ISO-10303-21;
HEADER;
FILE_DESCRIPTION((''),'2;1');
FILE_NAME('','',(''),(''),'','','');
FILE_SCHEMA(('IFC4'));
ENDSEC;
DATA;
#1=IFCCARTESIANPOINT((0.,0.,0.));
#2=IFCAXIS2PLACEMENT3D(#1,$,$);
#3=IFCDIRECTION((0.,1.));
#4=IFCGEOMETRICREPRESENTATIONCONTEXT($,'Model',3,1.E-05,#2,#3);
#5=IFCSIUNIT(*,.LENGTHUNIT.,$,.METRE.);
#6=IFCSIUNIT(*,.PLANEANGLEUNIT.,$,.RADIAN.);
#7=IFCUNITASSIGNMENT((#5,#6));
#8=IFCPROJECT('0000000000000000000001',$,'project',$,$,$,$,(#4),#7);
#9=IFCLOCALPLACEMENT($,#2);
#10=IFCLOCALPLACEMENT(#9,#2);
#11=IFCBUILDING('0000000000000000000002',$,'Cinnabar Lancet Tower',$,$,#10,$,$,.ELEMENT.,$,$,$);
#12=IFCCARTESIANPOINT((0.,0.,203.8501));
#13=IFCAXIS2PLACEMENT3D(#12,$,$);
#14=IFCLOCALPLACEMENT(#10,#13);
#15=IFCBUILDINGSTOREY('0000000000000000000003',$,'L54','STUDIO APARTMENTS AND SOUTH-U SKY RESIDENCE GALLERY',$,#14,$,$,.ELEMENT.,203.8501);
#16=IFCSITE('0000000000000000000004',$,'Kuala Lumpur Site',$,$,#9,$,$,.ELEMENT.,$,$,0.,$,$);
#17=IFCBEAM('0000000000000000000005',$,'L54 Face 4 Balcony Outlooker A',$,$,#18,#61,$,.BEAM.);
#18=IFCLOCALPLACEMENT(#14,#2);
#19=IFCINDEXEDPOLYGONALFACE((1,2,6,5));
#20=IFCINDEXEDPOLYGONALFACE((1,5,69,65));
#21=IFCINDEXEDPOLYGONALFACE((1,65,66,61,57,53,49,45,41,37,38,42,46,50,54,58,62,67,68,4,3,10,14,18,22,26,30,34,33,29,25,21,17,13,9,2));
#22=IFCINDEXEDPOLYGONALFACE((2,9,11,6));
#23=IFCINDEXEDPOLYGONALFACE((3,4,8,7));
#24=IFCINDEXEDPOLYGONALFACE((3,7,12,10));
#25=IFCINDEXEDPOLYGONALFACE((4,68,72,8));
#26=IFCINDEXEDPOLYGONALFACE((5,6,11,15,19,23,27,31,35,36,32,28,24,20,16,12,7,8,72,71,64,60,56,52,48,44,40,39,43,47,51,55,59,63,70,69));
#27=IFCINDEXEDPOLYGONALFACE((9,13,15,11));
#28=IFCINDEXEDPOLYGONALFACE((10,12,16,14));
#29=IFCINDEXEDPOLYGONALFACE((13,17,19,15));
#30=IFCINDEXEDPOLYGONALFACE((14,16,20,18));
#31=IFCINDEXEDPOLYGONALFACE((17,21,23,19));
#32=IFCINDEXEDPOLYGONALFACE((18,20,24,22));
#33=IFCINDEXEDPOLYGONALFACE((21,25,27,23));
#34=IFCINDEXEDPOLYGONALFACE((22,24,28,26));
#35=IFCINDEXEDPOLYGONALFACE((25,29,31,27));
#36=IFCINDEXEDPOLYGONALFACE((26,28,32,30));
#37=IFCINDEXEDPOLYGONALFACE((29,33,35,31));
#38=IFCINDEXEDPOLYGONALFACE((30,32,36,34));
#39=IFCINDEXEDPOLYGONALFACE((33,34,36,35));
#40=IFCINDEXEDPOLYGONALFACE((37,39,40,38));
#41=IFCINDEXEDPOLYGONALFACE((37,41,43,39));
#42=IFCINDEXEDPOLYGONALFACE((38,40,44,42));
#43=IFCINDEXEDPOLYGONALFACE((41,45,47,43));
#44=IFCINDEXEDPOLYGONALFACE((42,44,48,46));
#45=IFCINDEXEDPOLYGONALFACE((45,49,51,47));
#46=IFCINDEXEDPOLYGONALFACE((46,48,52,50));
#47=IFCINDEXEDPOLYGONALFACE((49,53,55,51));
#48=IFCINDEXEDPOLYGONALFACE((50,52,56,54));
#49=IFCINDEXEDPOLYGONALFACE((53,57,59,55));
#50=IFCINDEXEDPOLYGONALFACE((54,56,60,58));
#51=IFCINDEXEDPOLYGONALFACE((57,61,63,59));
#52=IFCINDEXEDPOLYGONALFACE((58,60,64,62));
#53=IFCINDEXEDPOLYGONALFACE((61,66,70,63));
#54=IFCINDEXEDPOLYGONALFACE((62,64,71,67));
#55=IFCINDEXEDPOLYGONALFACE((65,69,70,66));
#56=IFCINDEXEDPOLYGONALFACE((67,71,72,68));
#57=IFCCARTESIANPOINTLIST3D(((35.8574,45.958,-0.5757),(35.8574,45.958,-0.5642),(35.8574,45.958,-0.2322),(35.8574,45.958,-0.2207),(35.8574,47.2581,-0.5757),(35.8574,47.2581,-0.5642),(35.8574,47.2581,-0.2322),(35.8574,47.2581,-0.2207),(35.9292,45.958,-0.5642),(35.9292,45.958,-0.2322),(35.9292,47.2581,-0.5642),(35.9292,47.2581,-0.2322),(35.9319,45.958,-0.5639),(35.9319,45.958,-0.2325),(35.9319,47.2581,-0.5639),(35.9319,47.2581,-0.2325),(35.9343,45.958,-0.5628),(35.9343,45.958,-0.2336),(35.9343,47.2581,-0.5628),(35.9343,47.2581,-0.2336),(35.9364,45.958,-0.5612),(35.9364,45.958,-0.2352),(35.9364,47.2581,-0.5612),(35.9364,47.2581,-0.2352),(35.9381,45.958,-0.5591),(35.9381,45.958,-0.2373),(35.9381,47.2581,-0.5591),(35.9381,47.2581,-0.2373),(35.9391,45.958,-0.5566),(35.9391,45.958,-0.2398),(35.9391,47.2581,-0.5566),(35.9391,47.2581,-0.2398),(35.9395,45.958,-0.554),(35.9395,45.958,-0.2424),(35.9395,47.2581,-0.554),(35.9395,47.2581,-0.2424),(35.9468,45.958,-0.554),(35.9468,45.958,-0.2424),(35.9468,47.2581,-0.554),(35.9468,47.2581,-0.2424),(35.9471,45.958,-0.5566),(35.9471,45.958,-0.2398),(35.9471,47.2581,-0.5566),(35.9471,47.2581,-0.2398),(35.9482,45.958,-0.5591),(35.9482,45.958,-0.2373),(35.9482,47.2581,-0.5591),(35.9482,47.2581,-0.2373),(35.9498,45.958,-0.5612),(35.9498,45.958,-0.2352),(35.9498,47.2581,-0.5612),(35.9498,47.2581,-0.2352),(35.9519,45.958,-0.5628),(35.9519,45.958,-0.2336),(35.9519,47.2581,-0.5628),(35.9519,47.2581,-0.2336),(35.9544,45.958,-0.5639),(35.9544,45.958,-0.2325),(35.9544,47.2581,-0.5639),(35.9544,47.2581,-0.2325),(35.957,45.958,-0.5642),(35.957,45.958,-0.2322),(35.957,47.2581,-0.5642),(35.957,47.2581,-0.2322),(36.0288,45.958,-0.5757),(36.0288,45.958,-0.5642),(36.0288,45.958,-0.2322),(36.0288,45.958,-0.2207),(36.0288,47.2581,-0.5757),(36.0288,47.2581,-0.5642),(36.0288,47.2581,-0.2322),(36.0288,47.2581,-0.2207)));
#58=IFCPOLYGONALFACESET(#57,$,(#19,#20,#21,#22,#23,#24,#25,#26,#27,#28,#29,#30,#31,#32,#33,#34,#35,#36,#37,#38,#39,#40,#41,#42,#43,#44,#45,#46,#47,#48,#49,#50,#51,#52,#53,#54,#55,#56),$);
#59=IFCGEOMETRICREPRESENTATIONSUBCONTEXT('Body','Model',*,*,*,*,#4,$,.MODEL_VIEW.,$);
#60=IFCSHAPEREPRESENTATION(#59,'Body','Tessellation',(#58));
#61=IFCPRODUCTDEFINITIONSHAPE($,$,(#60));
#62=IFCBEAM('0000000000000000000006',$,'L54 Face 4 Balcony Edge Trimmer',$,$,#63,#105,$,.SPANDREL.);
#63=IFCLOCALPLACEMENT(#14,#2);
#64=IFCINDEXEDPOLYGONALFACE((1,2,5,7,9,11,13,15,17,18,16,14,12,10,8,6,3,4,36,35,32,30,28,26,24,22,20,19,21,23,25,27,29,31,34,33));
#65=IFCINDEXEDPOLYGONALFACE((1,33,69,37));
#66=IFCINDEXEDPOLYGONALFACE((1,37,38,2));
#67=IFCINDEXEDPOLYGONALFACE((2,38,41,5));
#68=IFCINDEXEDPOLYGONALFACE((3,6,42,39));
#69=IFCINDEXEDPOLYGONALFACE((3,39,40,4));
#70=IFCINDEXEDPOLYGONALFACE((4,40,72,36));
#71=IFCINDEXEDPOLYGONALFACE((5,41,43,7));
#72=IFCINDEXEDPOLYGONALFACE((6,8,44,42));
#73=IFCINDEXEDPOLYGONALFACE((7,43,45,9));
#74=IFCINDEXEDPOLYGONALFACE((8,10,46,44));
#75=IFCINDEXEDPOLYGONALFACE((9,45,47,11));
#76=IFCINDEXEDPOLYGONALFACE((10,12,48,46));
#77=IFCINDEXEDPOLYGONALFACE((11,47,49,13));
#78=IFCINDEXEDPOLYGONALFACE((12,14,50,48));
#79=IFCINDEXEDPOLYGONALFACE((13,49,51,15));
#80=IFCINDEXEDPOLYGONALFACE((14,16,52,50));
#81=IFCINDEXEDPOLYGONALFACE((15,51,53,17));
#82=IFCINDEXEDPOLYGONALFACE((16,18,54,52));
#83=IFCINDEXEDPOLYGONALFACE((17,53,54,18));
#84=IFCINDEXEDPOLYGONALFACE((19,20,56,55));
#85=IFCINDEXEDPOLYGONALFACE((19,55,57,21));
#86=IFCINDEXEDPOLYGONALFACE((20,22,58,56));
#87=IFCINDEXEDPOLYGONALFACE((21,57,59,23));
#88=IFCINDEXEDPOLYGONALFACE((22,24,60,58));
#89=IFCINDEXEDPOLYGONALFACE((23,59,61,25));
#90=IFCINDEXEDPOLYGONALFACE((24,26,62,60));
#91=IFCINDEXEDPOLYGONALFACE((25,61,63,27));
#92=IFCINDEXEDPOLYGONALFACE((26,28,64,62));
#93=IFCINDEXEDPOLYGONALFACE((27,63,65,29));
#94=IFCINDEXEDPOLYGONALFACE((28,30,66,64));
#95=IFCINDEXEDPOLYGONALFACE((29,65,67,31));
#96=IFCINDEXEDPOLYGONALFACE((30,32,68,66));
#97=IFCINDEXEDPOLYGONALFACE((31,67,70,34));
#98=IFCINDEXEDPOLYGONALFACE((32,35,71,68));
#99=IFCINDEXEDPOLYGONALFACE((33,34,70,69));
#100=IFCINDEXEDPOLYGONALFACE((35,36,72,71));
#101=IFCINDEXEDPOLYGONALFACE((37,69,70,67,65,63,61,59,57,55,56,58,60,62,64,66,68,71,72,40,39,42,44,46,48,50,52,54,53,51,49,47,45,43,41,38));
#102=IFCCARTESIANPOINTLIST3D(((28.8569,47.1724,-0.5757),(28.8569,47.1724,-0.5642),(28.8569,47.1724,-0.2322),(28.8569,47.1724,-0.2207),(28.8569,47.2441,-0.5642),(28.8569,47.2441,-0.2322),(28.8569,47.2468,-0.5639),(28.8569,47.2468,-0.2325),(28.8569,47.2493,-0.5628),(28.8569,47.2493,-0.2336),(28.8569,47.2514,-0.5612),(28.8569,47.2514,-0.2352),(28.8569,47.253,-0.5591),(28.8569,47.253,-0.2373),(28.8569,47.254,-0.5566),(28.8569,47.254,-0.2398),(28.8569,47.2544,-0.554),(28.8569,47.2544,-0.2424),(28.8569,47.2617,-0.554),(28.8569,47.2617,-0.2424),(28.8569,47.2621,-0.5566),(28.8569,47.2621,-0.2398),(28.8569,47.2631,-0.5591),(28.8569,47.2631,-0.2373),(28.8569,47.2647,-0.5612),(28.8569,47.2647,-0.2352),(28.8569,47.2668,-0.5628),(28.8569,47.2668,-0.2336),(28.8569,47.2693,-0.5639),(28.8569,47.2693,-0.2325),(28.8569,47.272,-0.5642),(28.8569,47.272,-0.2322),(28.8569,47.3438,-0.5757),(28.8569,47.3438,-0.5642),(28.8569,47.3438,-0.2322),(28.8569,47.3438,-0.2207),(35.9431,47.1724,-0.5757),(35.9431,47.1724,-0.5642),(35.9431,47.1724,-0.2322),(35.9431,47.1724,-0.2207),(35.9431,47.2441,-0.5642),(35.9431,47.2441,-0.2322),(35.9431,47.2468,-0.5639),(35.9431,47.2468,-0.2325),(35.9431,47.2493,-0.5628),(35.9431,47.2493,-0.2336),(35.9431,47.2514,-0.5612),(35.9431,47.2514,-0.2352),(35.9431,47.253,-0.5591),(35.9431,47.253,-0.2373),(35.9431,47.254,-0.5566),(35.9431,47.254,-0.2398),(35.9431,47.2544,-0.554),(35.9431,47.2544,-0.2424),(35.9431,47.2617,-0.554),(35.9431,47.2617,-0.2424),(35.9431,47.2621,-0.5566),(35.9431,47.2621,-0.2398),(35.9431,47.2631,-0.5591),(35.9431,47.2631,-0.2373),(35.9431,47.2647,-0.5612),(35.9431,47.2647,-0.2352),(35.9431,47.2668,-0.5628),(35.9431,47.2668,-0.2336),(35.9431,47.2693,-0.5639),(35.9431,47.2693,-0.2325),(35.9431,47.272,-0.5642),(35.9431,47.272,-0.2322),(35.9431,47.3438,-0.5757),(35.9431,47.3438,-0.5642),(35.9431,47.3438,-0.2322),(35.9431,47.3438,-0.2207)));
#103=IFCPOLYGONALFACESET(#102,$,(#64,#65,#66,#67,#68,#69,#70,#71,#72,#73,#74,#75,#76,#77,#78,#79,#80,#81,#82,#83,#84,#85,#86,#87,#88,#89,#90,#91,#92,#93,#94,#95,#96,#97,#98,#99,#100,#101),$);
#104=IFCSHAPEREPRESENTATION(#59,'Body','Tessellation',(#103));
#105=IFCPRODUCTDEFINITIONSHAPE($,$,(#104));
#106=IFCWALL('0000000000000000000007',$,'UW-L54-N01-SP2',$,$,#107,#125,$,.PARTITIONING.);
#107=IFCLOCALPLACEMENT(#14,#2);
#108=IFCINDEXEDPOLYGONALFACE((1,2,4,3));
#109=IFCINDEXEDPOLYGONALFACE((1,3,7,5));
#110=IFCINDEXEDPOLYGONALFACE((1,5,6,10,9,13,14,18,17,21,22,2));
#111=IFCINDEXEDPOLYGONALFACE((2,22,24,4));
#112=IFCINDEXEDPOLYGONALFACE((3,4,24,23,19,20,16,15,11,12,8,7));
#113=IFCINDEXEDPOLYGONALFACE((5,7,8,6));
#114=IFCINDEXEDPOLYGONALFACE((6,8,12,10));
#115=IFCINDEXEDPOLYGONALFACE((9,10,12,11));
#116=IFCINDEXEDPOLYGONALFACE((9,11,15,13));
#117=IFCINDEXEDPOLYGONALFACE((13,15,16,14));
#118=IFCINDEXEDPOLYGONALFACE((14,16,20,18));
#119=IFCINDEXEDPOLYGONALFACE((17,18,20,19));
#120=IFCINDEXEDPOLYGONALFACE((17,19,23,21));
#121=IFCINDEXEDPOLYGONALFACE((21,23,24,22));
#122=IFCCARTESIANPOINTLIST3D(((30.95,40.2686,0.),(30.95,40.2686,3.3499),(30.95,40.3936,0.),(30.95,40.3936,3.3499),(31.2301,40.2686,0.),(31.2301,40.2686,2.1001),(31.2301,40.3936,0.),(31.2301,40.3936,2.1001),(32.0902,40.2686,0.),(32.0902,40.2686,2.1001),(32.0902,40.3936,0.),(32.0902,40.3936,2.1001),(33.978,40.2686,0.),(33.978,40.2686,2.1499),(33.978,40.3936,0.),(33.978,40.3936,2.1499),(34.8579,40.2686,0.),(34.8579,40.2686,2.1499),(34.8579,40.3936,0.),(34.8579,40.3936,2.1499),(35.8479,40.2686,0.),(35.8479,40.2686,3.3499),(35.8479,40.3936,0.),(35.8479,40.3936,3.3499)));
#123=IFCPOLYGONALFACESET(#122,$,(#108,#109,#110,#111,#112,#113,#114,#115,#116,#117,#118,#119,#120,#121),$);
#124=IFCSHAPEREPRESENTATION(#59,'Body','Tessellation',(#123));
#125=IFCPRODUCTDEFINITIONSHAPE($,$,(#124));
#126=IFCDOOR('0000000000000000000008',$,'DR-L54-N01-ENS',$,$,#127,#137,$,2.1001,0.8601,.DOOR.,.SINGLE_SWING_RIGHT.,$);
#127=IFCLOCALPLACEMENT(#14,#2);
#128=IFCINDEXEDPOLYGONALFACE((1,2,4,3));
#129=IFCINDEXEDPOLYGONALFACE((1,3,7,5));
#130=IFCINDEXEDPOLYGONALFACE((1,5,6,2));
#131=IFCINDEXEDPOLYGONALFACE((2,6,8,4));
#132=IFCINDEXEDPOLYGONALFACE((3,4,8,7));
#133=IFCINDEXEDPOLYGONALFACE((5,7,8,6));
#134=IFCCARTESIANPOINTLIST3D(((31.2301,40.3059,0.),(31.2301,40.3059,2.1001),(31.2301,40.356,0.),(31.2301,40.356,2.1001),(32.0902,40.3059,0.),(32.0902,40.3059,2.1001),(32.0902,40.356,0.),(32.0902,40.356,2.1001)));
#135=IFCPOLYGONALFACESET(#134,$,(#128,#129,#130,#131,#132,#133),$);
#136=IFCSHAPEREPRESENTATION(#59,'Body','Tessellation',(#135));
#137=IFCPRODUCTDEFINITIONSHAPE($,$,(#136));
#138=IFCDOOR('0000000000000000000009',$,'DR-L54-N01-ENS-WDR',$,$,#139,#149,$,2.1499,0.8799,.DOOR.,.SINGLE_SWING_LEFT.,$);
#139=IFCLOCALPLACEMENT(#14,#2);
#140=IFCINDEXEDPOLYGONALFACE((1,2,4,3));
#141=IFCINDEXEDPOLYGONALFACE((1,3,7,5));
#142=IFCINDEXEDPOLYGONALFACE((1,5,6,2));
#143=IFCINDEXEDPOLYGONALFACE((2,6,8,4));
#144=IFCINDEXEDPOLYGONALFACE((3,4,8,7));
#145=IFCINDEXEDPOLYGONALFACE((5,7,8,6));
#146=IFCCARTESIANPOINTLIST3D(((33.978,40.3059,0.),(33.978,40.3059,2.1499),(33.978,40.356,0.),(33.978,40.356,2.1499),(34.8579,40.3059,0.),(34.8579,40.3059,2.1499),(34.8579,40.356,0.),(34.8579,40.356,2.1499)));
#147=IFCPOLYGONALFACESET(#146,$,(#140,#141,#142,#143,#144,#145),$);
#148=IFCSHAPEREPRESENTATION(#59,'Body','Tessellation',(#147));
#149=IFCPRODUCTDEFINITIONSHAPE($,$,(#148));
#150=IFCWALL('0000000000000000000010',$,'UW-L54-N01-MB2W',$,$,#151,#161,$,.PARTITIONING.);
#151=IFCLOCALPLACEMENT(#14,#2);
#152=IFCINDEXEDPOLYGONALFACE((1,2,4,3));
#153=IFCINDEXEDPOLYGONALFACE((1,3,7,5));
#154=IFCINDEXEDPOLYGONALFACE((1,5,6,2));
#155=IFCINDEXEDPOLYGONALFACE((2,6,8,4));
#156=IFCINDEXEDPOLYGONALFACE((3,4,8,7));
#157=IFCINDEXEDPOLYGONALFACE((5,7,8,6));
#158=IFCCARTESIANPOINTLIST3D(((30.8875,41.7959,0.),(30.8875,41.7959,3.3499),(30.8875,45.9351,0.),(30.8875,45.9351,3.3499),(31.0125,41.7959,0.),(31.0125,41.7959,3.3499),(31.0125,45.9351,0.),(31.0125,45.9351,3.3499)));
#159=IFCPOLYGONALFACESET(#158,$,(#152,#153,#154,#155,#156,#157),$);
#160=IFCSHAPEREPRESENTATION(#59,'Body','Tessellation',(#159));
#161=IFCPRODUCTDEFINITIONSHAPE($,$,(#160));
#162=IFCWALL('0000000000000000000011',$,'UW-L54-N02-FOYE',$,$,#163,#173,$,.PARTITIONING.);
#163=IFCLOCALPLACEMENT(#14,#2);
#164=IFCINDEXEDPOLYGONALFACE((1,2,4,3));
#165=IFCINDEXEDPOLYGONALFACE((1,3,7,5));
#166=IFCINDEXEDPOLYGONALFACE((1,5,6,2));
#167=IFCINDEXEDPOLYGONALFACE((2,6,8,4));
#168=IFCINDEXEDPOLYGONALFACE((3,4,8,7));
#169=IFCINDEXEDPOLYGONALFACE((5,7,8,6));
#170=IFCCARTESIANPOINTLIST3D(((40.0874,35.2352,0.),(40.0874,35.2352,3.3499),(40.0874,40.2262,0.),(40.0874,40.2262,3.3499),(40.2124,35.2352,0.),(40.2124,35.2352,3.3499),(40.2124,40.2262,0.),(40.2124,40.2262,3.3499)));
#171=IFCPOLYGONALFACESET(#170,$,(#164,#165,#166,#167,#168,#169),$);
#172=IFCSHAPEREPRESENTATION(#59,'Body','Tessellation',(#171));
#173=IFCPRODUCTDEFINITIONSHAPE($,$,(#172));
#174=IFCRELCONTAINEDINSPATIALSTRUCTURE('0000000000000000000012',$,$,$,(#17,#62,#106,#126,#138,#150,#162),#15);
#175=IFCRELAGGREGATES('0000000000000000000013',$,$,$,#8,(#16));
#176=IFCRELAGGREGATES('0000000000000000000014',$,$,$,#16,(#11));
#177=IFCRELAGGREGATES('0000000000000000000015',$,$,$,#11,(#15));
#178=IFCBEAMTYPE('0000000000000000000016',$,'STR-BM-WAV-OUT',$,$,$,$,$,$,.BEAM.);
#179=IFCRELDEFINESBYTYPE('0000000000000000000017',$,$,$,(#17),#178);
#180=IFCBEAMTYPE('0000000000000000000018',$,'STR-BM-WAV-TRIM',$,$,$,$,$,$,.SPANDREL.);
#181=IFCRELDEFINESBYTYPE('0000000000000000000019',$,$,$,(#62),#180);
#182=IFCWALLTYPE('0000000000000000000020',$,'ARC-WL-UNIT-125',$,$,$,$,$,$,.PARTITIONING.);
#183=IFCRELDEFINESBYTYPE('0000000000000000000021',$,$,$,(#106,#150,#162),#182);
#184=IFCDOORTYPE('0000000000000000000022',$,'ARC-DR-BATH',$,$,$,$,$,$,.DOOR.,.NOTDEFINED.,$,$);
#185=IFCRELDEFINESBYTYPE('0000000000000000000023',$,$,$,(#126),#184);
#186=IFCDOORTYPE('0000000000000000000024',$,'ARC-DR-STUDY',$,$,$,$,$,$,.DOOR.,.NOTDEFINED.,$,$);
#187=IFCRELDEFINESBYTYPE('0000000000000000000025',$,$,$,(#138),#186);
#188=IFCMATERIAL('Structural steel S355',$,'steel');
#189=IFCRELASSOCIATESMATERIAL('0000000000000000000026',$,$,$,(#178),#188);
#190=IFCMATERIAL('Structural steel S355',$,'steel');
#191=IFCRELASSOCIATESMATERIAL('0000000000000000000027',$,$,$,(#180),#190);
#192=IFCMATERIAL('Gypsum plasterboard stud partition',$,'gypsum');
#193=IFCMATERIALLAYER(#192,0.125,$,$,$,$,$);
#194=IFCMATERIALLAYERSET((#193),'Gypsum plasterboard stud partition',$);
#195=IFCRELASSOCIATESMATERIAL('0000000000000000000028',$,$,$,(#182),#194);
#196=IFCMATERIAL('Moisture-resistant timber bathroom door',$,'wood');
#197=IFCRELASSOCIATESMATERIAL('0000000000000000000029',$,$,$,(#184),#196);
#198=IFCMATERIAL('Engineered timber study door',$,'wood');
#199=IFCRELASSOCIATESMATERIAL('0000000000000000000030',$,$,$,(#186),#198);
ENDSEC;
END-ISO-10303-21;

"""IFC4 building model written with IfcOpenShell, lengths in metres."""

from ifc_helpers import new_model, si_unit, direction, frame, frame_2d, origin, origin_2d, place, context, subcontext, project, spatial, rectangle, i_section, extrude, material, layer, layer_set, material_profile, profile_set, type_object, element, fill, save


model = new_model("IFC4")

# Units and contexts
model_context = context("Model", 3, precision=1e-05, world=origin(), true_north=direction((0.0, 1.0)))
body_context = subcontext(model_context, "Body", "Model", "MODEL_VIEW")
ifc_project = project(units=[si_unit("LENGTHUNIT", "METRE"), si_unit("PLANEANGLEUNIT", "RADIAN")], contexts=[model_context])

# Site, building, storey
site_placement = place(None, origin())
site = spatial("IfcSite", under=ifc_project, at=site_placement, Name="Kuala Lumpur Site", CompositionType="ELEMENT", RefElevation=0.0)
building_placement = place(site_placement, origin())
building = spatial("IfcBuilding", under=site, at=building_placement, Name="Cinnabar Lancet Tower", CompositionType="ELEMENT")
storey_placement = place(building_placement, frame((0.0, 0.0, 203.8501)))
storey = spatial("IfcBuildingStorey", under=building, at=storey_placement, Name="L54", Description="STUDIO APARTMENTS AND SOUTH-U SKY RESIDENCE GALLERY", CompositionType="ELEMENT", Elevation=203.8501)

# Beams
ifc_material_1 = material(Name="Structural steel S355", Category="steel")
ifc_material_profile_1 = material_profile(ifc_material_1, i_section(OverallWidth=0.1714, OverallDepth=0.355, WebThickness=0.0073, FlangeThickness=0.0115, FilletRadius=0.0103, at=origin_2d()), Name="UKB 356x171x51")
ifc_profile_set_1 = profile_set([ifc_material_profile_1], Name="Structural steel S355")
beam_type_1 = type_object("IfcBeamType", Name="STR-BM-WAV-OUT", PredefinedType="BEAM", material=ifc_profile_set_1)
beam_1_placement = place(storey_placement, frame((35.9431, 45.958, -0.3982), z_axis=(0.0, 1.0, 0.0), x_axis=(-1.0, 0.0, 0.0)))
element("IfcBeam", 1, at=beam_1_placement, inside=storey, type_object=beam_type_1, Name="L54 Face 4 Balcony Outlooker A", PredefinedType="BEAM", context=body_context, shape_type="SweptSolid", body=[
    extrude(i_section(OverallWidth=0.1714, OverallDepth=0.355, WebThickness=0.0073, FlangeThickness=0.0115, FilletRadius=0.0103, at=origin_2d()), origin(), (0.0, 0.0, 1.0), 1.3),
])
ifc_material_2 = material(Name="Structural steel S355", Category="steel")
ifc_material_profile_2 = material_profile(ifc_material_2, i_section(OverallWidth=0.1714, OverallDepth=0.355, WebThickness=0.0073, FlangeThickness=0.0115, FilletRadius=0.0103, at=origin_2d()), Name="UKB 356x171x51")
ifc_profile_set_2 = profile_set([ifc_material_profile_2], Name="Structural steel S355")
beam_type_2 = type_object("IfcBeamType", Name="STR-BM-WAV-TRIM", PredefinedType="SPANDREL", material=ifc_profile_set_2)
beam_2_placement = place(storey_placement, frame((35.9431, 47.2581, -0.3982), z_axis=(-1.0, 0.0, 0.0), x_axis=(0.0, -1.0, 0.0)))
element("IfcBeam", 2, at=beam_2_placement, inside=storey, type_object=beam_type_2, Name="L54 Face 4 Balcony Edge Trimmer", PredefinedType="SPANDREL", context=body_context, shape_type="SweptSolid", body=[
    extrude(i_section(OverallWidth=0.1714, OverallDepth=0.355, WebThickness=0.0073, FlangeThickness=0.0115, FilletRadius=0.0103, at=origin_2d()), origin(), (0.0, 0.0, 1.0), 7.0862),
])

# Wall, openings, doors
ifc_material_3 = material(Name="Gypsum plasterboard stud partition", Category="gypsum")
ifc_layer_1 = layer(ifc_material_3, 0.125)
ifc_layer_set_1 = layer_set([ifc_layer_1], Name="Gypsum plasterboard stud partition")
wall_type_1 = type_object("IfcWallType", Name="ARC-WL-UNIT-125", PredefinedType="PARTITIONING", material=ifc_layer_set_1)
wall_1_placement = place(storey_placement, frame((30.95, 40.3311, 0.0), z_axis=(0.0, 0.0, 1.0), x_axis=(1.0, 0.0, 0.0)))
wall_1 = element("IfcWall", 3, at=wall_1_placement, inside=storey, type_object=wall_type_1, Name="UW-L54-N01-SP2", PredefinedType="PARTITIONING", context=body_context, shape_type="SweptSolid", body=[
    extrude(rectangle(XDim=4.8979, YDim=0.125, at=frame_2d((2.449, 0.0))), origin(), (0.0, 0.0, 1.0), 3.3499),
])
opening_1_placement = place(wall_1_placement, frame((0.28, 0.0, 0.0)))
opening_1 = element("IfcOpeningElement", 4, at=opening_1_placement, cuts=wall_1, PredefinedType="OPENING", context=body_context, shape_type="SweptSolid", body=[
    extrude(rectangle(XDim=0.8601, YDim=2.1001, at=frame_2d((0.4302, 1.05))), frame((0.0, 0.0725, 0.0), z_axis=(0.0, -1.0, 0.0), x_axis=(1.0, 0.0, 0.0)), (0.0, 0.0, 1.0), 0.145),
])
opening_2_placement = place(wall_1_placement, frame((3.0281, 0.0, 0.0)))
opening_2 = element("IfcOpeningElement", 5, at=opening_2_placement, cuts=wall_1, PredefinedType="OPENING", context=body_context, shape_type="SweptSolid", body=[
    extrude(rectangle(XDim=0.8799, YDim=2.1499, at=frame_2d((0.4399, 1.075))), frame((0.0, 0.0725, 0.0), z_axis=(0.0, -1.0, 0.0), x_axis=(1.0, 0.0, 0.0)), (0.0, 0.0, 1.0), 0.145),
])
ifc_material_4 = material(Name="Moisture-resistant timber bathroom door", Category="wood")
door_type_1 = type_object("IfcDoorType", Name="ARC-DR-BATH", OperationType="NOTDEFINED", PredefinedType="DOOR", material=ifc_material_4)
door_1_placement = place(opening_1_placement, origin())
door_1 = element("IfcDoor", 6, at=door_1_placement, inside=storey, type_object=door_type_1, Name="DR-L54-N01-ENS", OperationType="SINGLE_SWING_RIGHT", OverallHeight=2.1001, OverallWidth=0.8601, PredefinedType="DOOR", context=body_context, shape_type="SweptSolid", body=[
    extrude(rectangle(XDim=0.8601, YDim=2.1001, at=frame_2d((0.4302, 1.05))), frame((0.0, 0.0249, 0.0), z_axis=(0.0, -1.0, 0.0), x_axis=(1.0, 0.0, 0.0)), (0.0, 0.0, 1.0), 0.05),
])
fill(opening_1, door_1)
ifc_material_5 = material(Name="Engineered timber study door", Category="wood")
door_type_2 = type_object("IfcDoorType", Name="ARC-DR-STUDY", OperationType="NOTDEFINED", PredefinedType="DOOR", material=ifc_material_5)
door_2_placement = place(opening_2_placement, origin())
door_2 = element("IfcDoor", 7, at=door_2_placement, inside=storey, type_object=door_type_2, Name="DR-L54-N01-ENS-WDR", OperationType="SINGLE_SWING_LEFT", OverallHeight=2.1499, OverallWidth=0.8799, PredefinedType="DOOR", context=body_context, shape_type="SweptSolid", body=[
    extrude(rectangle(XDim=0.8799, YDim=2.1499, at=frame_2d((0.4399, 1.075))), frame((0.0, 0.0249, 0.0), z_axis=(0.0, -1.0, 0.0), x_axis=(1.0, 0.0, 0.0)), (0.0, 0.0, 1.0), 0.05),
])
fill(opening_2, door_2)

# Walls
wall_2_placement = place(storey_placement, frame((30.95, 41.7959, 0.0), z_axis=(0.0, 0.0, 1.0), x_axis=(0.0, 1.0, 0.0)))
element("IfcWall", 8, at=wall_2_placement, inside=storey, type_object=wall_type_1, Name="UW-L54-N01-MB2W", PredefinedType="PARTITIONING", context=body_context, shape_type="SweptSolid", body=[
    extrude(rectangle(XDim=4.1392, YDim=0.125, at=frame_2d((2.0696, 0.0))), origin(), (0.0, 0.0, 1.0), 3.3499),
])
for number, where, z_axis, x_axis, name in (
    (9, (40.1499, 35.2351, 0.0), (0.0, 0.0, 1.0), (0.0, 1.0, 0.0), "UW-L54-N02-FOYE"),
):
    element("IfcWall", number, at=place(storey_placement, frame(where, z_axis=z_axis, x_axis=x_axis)), inside=storey, type_object=wall_type_1, Name=name, PredefinedType="PARTITIONING", context=body_context, shape_type="SweptSolid", body=[
        extrude(rectangle(XDim=4.991, YDim=0.125, at=frame_2d((2.4956, 0.0))), origin(), (0.0, 0.0, 1.0), 3.3499),
    ])

save(model, "model.ifc")
